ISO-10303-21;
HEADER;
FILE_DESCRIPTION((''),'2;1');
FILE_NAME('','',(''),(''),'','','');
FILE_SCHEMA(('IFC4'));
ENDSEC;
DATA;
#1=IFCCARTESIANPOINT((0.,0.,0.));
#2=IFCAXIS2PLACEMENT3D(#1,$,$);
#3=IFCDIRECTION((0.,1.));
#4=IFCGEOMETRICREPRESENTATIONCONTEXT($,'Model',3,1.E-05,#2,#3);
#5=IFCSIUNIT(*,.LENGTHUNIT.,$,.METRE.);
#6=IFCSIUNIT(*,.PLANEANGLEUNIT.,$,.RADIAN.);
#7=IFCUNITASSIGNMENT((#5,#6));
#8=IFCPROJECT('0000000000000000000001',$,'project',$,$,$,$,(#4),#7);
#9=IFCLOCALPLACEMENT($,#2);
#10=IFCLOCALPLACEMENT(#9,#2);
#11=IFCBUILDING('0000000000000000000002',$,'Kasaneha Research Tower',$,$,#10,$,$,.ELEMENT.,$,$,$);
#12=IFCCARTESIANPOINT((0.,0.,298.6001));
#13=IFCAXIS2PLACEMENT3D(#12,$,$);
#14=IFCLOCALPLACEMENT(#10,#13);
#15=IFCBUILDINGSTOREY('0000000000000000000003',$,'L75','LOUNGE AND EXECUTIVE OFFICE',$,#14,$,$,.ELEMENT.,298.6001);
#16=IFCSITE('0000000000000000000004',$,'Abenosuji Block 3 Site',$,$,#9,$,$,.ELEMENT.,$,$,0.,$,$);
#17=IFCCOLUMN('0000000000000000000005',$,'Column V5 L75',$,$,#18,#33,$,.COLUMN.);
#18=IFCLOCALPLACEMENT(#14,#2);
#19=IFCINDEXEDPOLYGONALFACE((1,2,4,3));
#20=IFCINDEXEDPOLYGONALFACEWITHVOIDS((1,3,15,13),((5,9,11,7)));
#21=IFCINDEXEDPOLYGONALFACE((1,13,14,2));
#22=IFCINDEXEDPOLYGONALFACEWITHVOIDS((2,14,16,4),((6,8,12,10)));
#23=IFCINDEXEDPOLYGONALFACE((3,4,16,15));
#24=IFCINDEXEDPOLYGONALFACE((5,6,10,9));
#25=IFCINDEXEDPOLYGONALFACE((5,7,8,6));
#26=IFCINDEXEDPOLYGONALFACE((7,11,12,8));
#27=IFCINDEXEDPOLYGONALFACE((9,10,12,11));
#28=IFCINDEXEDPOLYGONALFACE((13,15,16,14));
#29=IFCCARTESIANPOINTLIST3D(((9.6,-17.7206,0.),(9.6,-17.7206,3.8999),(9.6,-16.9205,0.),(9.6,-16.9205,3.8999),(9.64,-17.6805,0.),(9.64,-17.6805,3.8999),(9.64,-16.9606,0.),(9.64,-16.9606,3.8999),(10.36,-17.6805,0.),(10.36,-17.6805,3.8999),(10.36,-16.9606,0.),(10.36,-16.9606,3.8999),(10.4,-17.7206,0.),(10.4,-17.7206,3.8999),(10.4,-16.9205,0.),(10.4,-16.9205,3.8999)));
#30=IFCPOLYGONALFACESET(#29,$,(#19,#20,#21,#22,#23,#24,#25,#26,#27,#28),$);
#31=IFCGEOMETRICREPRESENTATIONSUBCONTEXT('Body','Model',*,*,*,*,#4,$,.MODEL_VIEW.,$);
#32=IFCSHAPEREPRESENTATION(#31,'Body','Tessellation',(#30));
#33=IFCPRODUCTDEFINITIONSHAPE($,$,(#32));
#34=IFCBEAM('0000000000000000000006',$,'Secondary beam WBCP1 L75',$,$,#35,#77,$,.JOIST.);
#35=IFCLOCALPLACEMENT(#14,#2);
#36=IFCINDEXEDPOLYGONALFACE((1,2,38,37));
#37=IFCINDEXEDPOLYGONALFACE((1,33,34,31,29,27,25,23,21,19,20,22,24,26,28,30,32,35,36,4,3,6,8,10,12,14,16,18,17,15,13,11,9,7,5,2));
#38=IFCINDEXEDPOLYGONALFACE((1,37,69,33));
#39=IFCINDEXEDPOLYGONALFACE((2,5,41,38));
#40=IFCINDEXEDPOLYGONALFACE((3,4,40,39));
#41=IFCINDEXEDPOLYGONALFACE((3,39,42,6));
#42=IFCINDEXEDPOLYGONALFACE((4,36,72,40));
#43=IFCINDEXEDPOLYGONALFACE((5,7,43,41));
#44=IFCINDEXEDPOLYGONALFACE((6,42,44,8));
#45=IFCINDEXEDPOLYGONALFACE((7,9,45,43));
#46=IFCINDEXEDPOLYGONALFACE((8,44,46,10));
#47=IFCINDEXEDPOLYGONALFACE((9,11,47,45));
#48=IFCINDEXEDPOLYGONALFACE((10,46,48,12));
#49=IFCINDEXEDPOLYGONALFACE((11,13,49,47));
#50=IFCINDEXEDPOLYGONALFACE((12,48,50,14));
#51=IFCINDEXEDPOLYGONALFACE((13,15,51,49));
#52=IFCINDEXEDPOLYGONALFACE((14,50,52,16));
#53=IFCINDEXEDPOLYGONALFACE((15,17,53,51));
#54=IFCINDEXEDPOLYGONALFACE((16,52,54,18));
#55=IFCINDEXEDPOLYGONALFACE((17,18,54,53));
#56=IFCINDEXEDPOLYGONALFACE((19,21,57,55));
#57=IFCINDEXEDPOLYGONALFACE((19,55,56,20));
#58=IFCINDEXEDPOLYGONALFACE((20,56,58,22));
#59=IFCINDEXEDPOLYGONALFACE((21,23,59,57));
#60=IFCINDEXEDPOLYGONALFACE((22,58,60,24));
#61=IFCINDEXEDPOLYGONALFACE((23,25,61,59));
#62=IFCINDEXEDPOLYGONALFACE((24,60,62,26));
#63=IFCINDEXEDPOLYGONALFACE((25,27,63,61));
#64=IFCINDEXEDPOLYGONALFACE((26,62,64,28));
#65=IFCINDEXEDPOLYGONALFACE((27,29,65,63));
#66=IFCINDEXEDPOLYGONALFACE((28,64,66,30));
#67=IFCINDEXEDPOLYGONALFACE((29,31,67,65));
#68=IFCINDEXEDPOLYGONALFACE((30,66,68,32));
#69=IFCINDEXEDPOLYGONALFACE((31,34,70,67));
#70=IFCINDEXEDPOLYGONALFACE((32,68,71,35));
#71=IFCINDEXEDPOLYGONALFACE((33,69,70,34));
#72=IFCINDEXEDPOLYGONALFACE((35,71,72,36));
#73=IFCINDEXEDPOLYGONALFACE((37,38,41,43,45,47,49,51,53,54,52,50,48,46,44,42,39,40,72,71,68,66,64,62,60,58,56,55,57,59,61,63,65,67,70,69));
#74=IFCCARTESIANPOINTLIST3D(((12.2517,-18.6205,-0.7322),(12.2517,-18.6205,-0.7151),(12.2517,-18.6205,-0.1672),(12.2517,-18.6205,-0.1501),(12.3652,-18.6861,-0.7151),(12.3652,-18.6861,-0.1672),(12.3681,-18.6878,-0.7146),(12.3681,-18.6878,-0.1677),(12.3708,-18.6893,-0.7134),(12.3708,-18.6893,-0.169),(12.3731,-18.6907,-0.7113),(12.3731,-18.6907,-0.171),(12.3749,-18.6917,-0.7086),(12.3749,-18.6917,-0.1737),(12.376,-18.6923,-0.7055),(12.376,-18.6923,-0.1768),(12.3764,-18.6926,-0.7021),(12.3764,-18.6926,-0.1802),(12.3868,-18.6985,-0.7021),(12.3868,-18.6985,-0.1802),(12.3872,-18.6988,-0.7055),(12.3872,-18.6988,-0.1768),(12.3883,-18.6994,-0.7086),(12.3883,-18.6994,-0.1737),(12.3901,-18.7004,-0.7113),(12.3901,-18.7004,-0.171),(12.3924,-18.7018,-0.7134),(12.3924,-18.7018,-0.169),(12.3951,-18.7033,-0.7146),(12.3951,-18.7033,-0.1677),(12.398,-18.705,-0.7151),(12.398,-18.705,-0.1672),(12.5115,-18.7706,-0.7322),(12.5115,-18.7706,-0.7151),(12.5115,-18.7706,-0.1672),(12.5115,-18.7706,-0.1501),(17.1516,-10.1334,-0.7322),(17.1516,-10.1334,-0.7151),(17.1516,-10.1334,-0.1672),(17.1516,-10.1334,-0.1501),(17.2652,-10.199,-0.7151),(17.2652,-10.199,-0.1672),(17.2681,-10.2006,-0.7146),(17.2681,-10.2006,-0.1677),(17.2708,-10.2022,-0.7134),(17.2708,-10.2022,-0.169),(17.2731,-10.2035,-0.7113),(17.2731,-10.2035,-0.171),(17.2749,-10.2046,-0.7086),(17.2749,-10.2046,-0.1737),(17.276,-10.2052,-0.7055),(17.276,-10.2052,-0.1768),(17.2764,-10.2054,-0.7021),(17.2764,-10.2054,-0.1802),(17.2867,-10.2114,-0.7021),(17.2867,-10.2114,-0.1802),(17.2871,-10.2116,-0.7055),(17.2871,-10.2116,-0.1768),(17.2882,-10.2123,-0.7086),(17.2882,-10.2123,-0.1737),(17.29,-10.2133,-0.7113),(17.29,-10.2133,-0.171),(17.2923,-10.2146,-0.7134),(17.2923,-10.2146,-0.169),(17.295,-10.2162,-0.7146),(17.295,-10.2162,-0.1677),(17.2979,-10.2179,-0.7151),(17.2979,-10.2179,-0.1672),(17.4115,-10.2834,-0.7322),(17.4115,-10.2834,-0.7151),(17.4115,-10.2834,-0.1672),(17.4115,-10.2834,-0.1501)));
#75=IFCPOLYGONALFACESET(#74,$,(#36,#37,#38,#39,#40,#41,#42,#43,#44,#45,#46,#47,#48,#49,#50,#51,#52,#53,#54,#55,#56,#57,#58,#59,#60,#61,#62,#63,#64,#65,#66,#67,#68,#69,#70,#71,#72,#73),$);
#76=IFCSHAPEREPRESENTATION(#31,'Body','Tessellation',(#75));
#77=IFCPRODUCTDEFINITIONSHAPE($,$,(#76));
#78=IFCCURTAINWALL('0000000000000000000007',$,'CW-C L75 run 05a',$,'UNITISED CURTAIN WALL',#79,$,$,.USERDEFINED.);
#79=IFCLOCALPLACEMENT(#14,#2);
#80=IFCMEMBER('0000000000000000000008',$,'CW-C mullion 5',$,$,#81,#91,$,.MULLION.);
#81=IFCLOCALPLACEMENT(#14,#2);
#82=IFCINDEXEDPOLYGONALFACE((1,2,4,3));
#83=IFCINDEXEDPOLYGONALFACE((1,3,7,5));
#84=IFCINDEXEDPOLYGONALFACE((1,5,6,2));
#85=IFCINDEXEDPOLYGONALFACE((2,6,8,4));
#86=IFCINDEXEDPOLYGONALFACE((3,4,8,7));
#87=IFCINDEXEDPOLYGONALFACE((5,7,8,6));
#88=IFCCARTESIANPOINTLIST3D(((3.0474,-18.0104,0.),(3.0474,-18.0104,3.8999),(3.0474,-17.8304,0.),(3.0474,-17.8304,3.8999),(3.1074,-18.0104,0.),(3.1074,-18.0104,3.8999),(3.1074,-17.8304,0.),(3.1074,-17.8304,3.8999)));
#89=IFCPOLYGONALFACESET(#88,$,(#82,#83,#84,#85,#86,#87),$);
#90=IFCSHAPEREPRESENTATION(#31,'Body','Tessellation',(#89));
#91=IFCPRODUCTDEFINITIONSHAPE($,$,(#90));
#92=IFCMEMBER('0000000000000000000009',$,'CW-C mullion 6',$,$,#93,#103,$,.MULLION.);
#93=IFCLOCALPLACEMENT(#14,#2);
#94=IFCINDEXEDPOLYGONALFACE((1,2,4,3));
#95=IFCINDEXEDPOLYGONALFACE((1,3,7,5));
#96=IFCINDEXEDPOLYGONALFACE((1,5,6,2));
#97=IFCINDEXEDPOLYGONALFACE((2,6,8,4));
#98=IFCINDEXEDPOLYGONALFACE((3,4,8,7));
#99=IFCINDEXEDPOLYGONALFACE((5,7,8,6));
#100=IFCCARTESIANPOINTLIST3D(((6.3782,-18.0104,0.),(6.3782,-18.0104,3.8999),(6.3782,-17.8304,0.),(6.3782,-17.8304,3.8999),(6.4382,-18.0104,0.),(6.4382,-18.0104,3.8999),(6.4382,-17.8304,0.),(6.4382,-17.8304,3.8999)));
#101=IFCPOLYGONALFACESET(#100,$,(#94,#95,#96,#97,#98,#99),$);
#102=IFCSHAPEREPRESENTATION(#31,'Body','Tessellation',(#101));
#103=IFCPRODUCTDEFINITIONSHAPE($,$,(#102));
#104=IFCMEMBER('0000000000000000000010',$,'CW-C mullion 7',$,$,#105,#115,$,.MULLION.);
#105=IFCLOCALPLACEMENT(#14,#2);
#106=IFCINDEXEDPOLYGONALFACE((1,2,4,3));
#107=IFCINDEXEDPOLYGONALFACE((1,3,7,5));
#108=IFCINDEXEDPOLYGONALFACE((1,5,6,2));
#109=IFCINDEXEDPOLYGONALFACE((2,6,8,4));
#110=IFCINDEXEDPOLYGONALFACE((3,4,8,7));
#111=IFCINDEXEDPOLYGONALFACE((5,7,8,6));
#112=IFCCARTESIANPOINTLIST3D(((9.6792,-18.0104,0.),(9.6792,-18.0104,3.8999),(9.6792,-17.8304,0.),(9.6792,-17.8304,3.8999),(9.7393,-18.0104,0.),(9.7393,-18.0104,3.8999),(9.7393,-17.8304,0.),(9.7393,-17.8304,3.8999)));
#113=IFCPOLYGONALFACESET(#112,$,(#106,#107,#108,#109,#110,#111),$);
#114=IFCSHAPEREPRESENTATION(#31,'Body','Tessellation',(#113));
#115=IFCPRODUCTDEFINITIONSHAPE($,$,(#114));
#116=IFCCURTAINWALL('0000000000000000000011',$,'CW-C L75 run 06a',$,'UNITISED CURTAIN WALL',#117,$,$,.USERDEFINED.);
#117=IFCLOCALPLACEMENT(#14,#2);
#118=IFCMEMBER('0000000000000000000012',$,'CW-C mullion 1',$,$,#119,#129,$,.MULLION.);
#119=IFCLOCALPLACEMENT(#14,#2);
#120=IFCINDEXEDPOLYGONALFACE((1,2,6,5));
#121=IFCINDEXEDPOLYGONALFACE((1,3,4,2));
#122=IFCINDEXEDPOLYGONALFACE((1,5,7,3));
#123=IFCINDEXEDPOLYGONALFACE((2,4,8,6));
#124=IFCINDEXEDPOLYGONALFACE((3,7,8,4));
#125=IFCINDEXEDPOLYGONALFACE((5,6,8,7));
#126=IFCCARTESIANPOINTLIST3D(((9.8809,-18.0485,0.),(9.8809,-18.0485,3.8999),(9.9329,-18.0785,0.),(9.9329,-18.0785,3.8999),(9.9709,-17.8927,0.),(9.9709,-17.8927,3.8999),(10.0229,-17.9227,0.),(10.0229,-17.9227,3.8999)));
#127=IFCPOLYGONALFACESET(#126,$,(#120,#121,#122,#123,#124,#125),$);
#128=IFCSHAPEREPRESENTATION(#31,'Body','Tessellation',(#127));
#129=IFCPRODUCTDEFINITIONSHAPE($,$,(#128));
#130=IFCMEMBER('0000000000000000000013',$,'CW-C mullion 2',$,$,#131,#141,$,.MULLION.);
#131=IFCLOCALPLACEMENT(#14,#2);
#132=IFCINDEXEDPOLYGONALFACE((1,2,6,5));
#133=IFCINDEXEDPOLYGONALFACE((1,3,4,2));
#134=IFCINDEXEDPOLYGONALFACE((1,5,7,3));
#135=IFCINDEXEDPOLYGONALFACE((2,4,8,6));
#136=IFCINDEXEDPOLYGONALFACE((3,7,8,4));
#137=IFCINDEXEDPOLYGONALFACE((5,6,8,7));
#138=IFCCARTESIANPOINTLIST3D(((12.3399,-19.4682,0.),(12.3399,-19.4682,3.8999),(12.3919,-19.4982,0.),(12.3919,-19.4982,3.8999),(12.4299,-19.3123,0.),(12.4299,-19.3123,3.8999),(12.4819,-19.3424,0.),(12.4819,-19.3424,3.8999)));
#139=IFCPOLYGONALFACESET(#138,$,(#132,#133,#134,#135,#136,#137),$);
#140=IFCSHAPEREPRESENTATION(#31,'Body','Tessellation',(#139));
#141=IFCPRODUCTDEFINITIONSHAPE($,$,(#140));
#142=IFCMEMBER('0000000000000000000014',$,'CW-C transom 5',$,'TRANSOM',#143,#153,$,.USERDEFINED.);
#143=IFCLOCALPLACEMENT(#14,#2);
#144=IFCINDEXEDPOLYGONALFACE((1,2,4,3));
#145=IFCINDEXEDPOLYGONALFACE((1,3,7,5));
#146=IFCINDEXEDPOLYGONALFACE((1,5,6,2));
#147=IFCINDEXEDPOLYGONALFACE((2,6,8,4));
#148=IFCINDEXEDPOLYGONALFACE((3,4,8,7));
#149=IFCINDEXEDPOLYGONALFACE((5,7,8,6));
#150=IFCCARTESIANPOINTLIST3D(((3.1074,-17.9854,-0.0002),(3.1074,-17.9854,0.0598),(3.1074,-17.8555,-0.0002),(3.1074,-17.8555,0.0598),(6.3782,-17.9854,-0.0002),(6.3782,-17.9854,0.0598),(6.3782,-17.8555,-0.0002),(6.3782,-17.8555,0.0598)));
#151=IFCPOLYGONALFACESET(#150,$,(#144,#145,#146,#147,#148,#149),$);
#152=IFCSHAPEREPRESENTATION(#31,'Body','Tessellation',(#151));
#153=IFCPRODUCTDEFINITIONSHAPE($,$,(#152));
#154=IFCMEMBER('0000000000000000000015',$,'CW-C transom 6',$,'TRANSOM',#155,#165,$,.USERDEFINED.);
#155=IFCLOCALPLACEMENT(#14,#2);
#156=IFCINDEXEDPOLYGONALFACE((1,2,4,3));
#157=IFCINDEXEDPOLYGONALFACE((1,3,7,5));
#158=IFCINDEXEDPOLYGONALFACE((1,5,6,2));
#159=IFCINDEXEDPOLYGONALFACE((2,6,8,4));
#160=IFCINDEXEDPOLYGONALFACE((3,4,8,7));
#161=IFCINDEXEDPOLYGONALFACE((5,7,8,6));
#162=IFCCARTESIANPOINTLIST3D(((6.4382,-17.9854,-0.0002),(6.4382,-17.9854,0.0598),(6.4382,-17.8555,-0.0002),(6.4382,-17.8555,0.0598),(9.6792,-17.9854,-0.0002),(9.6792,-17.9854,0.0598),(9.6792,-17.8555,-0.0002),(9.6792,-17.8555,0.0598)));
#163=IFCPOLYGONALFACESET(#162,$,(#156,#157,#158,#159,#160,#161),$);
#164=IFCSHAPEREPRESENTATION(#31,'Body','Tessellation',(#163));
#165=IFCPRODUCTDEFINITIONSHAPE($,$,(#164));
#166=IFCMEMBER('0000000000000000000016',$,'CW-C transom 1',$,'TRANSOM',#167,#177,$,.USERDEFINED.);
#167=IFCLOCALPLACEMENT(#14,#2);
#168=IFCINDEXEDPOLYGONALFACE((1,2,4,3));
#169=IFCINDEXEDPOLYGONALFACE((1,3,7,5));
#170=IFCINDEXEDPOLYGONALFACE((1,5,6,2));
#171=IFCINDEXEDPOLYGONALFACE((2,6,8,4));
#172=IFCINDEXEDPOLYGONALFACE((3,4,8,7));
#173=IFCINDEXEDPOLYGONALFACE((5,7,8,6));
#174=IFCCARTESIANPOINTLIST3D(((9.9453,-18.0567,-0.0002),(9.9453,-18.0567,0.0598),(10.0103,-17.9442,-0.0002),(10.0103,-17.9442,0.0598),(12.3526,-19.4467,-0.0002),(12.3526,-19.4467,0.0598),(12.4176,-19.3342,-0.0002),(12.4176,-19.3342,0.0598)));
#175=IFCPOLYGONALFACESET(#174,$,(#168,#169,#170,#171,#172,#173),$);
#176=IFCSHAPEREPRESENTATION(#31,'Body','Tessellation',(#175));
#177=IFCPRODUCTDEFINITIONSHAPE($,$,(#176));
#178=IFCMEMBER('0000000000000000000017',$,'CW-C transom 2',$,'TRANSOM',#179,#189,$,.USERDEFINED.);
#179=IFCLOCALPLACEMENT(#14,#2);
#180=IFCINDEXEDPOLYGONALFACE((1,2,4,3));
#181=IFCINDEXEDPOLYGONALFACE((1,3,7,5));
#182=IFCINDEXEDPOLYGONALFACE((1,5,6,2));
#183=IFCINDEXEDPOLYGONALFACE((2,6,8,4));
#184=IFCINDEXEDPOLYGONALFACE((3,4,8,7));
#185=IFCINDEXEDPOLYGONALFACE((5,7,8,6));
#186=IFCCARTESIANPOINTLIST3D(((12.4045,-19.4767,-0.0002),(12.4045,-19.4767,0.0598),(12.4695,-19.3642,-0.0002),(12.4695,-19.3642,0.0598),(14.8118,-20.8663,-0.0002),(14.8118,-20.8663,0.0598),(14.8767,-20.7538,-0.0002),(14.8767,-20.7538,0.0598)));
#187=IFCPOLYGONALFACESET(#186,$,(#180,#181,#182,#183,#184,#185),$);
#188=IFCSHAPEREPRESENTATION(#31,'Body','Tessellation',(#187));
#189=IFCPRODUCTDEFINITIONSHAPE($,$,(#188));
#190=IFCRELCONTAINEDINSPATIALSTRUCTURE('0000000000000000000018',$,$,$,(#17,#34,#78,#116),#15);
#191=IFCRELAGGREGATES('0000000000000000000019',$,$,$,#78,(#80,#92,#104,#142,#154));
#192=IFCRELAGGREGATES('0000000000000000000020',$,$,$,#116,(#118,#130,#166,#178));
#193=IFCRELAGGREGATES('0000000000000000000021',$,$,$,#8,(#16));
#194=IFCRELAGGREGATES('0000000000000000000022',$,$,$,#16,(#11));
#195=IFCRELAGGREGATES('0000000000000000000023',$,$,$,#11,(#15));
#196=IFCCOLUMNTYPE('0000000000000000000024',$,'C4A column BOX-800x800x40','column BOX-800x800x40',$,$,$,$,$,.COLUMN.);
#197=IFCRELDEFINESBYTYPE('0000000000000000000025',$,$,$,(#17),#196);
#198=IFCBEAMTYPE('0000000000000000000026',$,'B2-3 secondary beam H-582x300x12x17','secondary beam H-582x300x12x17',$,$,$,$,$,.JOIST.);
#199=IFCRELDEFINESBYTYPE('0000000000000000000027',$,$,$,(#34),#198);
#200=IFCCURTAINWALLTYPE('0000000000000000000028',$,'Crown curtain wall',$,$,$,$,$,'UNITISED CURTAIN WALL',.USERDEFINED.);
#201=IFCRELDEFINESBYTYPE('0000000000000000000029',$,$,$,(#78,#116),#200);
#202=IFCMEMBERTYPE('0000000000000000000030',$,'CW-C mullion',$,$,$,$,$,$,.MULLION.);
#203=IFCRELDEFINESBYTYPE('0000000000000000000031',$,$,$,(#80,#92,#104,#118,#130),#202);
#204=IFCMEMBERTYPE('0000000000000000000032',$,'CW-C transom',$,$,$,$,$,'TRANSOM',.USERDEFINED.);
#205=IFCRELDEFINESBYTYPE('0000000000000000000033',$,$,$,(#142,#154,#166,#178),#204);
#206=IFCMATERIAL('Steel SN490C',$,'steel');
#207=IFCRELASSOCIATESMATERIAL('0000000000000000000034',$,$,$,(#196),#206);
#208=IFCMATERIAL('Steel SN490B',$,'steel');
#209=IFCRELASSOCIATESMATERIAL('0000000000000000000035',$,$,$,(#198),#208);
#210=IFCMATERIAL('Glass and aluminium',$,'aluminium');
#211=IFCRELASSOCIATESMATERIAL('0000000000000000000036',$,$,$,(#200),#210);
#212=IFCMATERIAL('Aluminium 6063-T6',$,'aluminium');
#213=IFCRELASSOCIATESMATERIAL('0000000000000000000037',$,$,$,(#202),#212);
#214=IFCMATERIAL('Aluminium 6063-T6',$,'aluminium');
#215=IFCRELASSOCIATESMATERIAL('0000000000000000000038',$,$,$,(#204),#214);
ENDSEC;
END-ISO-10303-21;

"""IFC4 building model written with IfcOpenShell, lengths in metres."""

from ifc_helpers import new_model, si_unit, direction, frame, origin, origin_2d, place, context, subcontext, project, spatial, rectangle, hollow_rectangle, i_section, extrude, material, material_profile, profile_set, type_object, element, aggregate, save


model = new_model("IFC4")

# Units and contexts
model_context = context("Model", 3, precision=1e-05, world=origin(), true_north=direction((0.0, 1.0)))
body_context = subcontext(model_context, "Body", "Model", "MODEL_VIEW")
ifc_project = project(units=[si_unit("LENGTHUNIT", "METRE"), si_unit("PLANEANGLEUNIT", "RADIAN")], contexts=[model_context])

# Site, building, storey
site_placement = place(None, origin())
site = spatial("IfcSite", under=ifc_project, at=site_placement, Name="Abenosuji Block 3 Site", CompositionType="ELEMENT", RefElevation=0.0)
building_placement = place(site_placement, origin())
building = spatial("IfcBuilding", under=site, at=building_placement, Name="Kasaneha Research Tower", CompositionType="ELEMENT")
storey_placement = place(building_placement, frame((0.0, 0.0, 298.6001)))
storey = spatial("IfcBuildingStorey", under=building, at=storey_placement, Name="L75", Description="LOUNGE AND EXECUTIVE OFFICE", CompositionType="ELEMENT", Elevation=298.6001)

# Column
ifc_material_1 = material(Name="Steel SN490C", Category="steel")
ifc_material_profile_1 = material_profile(ifc_material_1, hollow_rectangle(XDim=0.8, YDim=0.8, WallThickness=0.04, at=origin_2d()), Name="BOX-800x800x40")
ifc_profile_set_1 = profile_set([ifc_material_profile_1], Name="Steel SN490C")
column_type = type_object("IfcColumnType", Name="C4A column BOX-800x800x40", Description="column BOX-800x800x40", PredefinedType="COLUMN", material=ifc_profile_set_1)
column_placement = place(storey_placement, frame((10.0, -17.3206, 0.0), z_axis=(0.0, 0.0, 1.0), x_axis=(1.0, 0.0, 0.0)))
element("IfcColumn", 1, at=column_placement, inside=storey, type_object=column_type, Name="Column V5 L75", PredefinedType="COLUMN", context=body_context, shape_type="SweptSolid", body=[
    extrude(hollow_rectangle(XDim=0.8, YDim=0.8, WallThickness=0.04, at=origin_2d()), origin(), (0.0, 0.0, 1.0), 3.8999),
])

# Beam
ifc_material_2 = material(Name="Steel SN490B", Category="steel")
ifc_material_profile_2 = material_profile(ifc_material_2, i_section(OverallWidth=0.3, OverallDepth=0.582, WebThickness=0.012, FlangeThickness=0.0171, FilletRadius=0.0129, at=origin_2d()), Name="H-582x300x12x17")
ifc_profile_set_2 = profile_set([ifc_material_profile_2], Name="Steel SN490B")
beam_type_1 = type_object("IfcBeamType", Name="B2-3 secondary beam H-582x300x12x17", Description="secondary beam H-582x300x12x17", PredefinedType="JOIST", material=ifc_profile_set_2)
beam_1_placement = place(storey_placement, frame((12.3816, -18.6956, -0.4412), z_axis=(0.499992, 0.86603, 0.0), x_axis=(-0.86603, 0.499992, 0.0)))
element("IfcBeam", 2, at=beam_1_placement, inside=storey, type_object=beam_type_1, Name="Secondary beam WBCP1 L75", PredefinedType="JOIST", context=body_context, shape_type="SweptSolid", body=[
    extrude(i_section(OverallWidth=0.3, OverallDepth=0.582, WebThickness=0.012, FlangeThickness=0.0171, FilletRadius=0.0129, at=origin_2d()), origin(), (0.0, 0.0, 1.0), 9.8),
])

# Curtain walls, members
ifc_material_3 = material(Name="Glass and aluminium", Category="aluminium")
curtain_wall_type = type_object("IfcCurtainWallType", Name="Crown curtain wall", ElementType="UNITISED CURTAIN WALL", PredefinedType="USERDEFINED", material=ifc_material_3)
curtain_wall_1_placement = place(storey_placement, origin())
curtain_wall_1 = element("IfcCurtainWall", 3, at=curtain_wall_1_placement, inside=storey, type_object=curtain_wall_type, Name="CW-C L75 run 05a", ObjectType="UNITISED CURTAIN WALL", PredefinedType="USERDEFINED")
ifc_material_4 = material(Name="Aluminium 6063-T6", Category="aluminium")
ifc_material_profile_3 = material_profile(ifc_material_4, rectangle(XDim=0.0601, YDim=0.1799, at=origin_2d()), Name="CW-C mullion 60x180")
ifc_profile_set_3 = profile_set([ifc_material_profile_3], Name="Aluminium 6063-T6")
member_type_1 = type_object("IfcMemberType", Name="CW-C mullion", PredefinedType="MULLION", material=ifc_profile_set_3)
member_1_placement = place(storey_placement, frame((3.0774, -17.9204, 0.0), z_axis=(0.0, 0.0, 1.0), x_axis=(1.0, 0.0, 0.0)))
member_1 = element("IfcMember", 4, at=member_1_placement, type_object=member_type_1, Name="CW-C mullion 5", PredefinedType="MULLION", context=body_context, shape_type="SweptSolid", body=[
    extrude(rectangle(XDim=0.0601, YDim=0.1799, at=origin_2d()), origin(), (0.0, 0.0, 1.0), 3.8999),
])
member_2_placement = place(storey_placement, frame((6.4082, -17.9204, 0.0), z_axis=(0.0, 0.0, 1.0), x_axis=(1.0, 0.0, 0.0)))
member_2 = element("IfcMember", 5, at=member_2_placement, type_object=member_type_1, Name="CW-C mullion 6", PredefinedType="MULLION", context=body_context, shape_type="SweptSolid", body=[
    extrude(rectangle(XDim=0.0601, YDim=0.1799, at=origin_2d()), origin(), (0.0, 0.0, 1.0), 3.8999),
])
member_3_placement = place(storey_placement, frame((9.7092, -17.9204, 0.0), z_axis=(0.0, 0.0, 1.0), x_axis=(1.0, 0.0, 0.0)))
member_3 = element("IfcMember", 6, at=member_3_placement, type_object=member_type_1, Name="CW-C mullion 7", PredefinedType="MULLION", context=body_context, shape_type="SweptSolid", body=[
    extrude(rectangle(XDim=0.0601, YDim=0.1799, at=origin_2d()), origin(), (0.0, 0.0, 1.0), 3.8999),
])
curtain_wall_2_placement = place(storey_placement, origin())
curtain_wall_2 = element("IfcCurtainWall", 7, at=curtain_wall_2_placement, inside=storey, type_object=curtain_wall_type, Name="CW-C L75 run 06a", ObjectType="UNITISED CURTAIN WALL", PredefinedType="USERDEFINED")
member_4_placement = place(storey_placement, frame((9.9519, -17.9856, 0.0), z_axis=(0.0, 0.0, 1.0), x_axis=(0.866025, -0.5, 0.0)))
member_4 = element("IfcMember", 8, at=member_4_placement, type_object=member_type_1, Name="CW-C mullion 1", PredefinedType="MULLION", context=body_context, shape_type="SweptSolid", body=[
    extrude(rectangle(XDim=0.0601, YDim=0.1799, at=origin_2d()), origin(), (0.0, 0.0, 1.0), 3.8999),
])
member_5_placement = place(storey_placement, frame((12.4109, -19.4053, 0.0), z_axis=(0.0, 0.0, 1.0), x_axis=(0.866025, -0.5, 0.0)))
member_5 = element("IfcMember", 9, at=member_5_placement, type_object=member_type_1, Name="CW-C mullion 2", PredefinedType="MULLION", context=body_context, shape_type="SweptSolid", body=[
    extrude(rectangle(XDim=0.0601, YDim=0.1799, at=origin_2d()), origin(), (0.0, 0.0, 1.0), 3.8999),
])

# Members
ifc_material_5 = material(Name="Aluminium 6063-T6", Category="aluminium")
ifc_material_profile_4 = material_profile(ifc_material_5, rectangle(XDim=0.1299, YDim=0.0601, at=origin_2d()), Name="CW-C transom 130x60")
ifc_profile_set_4 = profile_set([ifc_material_profile_4], Name="Aluminium 6063-T6")
member_type_2 = type_object("IfcMemberType", Name="CW-C transom", ElementType="TRANSOM", PredefinedType="USERDEFINED", material=ifc_profile_set_4)
member_6_placement = place(storey_placement, frame((3.1074, -17.9204, 0.0298), z_axis=(1.0, 0.0, 0.0), x_axis=(0.0, 1.0, 0.0)))
member_6 = element("IfcMember", 10, at=member_6_placement, type_object=member_type_2, Name="CW-C transom 5", ObjectType="TRANSOM", PredefinedType="USERDEFINED", context=body_context, shape_type="SweptSolid", body=[
    extrude(rectangle(XDim=0.1299, YDim=0.0601, at=origin_2d()), origin(), (0.0, 0.0, 1.0), 3.2708),
])
member_7_placement = place(storey_placement, frame((6.4382, -17.9204, 0.0298), z_axis=(1.0, 0.0, 0.0), x_axis=(0.0, 1.0, 0.0)))
member_7 = element("IfcMember", 11, at=member_7_placement, type_object=member_type_2, Name="CW-C transom 6", ObjectType="TRANSOM", PredefinedType="USERDEFINED", context=body_context, shape_type="SweptSolid", body=[
    extrude(rectangle(XDim=0.1299, YDim=0.0601, at=origin_2d()), origin(), (0.0, 0.0, 1.0), 3.241),
])
member_8_placement = place(storey_placement, frame((9.9778, -18.0005, 0.0298), z_axis=(0.866013, -0.500021, 0.0), x_axis=(0.500021, 0.866013, 0.0)))
member_8 = element("IfcMember", 12, at=member_8_placement, type_object=member_type_2, Name="CW-C transom 1", ObjectType="TRANSOM", PredefinedType="USERDEFINED", context=body_context, shape_type="SweptSolid", body=[
    extrude(rectangle(XDim=0.1299, YDim=0.0601, at=origin_2d()), origin(), (0.0, 0.0, 1.0), 2.7798),
])
member_9_placement = place(storey_placement, frame((12.437, -19.4204, 0.0298), z_axis=(0.866051, -0.499956, 0.0), x_axis=(0.499956, 0.866051, 0.0)))
member_9 = element("IfcMember", 13, at=member_9_placement, type_object=member_type_2, Name="CW-C transom 2", ObjectType="TRANSOM", PredefinedType="USERDEFINED", context=body_context, shape_type="SweptSolid", body=[
    extrude(rectangle(XDim=0.1299, YDim=0.0601, at=origin_2d()), origin(), (0.0, 0.0, 1.0), 2.7795),
])

aggregate(curtain_wall_1, [member_1, member_2, member_3, member_6, member_7])
aggregate(curtain_wall_2, [member_4, member_5, member_8, member_9])

save(model, "model.ifc")
